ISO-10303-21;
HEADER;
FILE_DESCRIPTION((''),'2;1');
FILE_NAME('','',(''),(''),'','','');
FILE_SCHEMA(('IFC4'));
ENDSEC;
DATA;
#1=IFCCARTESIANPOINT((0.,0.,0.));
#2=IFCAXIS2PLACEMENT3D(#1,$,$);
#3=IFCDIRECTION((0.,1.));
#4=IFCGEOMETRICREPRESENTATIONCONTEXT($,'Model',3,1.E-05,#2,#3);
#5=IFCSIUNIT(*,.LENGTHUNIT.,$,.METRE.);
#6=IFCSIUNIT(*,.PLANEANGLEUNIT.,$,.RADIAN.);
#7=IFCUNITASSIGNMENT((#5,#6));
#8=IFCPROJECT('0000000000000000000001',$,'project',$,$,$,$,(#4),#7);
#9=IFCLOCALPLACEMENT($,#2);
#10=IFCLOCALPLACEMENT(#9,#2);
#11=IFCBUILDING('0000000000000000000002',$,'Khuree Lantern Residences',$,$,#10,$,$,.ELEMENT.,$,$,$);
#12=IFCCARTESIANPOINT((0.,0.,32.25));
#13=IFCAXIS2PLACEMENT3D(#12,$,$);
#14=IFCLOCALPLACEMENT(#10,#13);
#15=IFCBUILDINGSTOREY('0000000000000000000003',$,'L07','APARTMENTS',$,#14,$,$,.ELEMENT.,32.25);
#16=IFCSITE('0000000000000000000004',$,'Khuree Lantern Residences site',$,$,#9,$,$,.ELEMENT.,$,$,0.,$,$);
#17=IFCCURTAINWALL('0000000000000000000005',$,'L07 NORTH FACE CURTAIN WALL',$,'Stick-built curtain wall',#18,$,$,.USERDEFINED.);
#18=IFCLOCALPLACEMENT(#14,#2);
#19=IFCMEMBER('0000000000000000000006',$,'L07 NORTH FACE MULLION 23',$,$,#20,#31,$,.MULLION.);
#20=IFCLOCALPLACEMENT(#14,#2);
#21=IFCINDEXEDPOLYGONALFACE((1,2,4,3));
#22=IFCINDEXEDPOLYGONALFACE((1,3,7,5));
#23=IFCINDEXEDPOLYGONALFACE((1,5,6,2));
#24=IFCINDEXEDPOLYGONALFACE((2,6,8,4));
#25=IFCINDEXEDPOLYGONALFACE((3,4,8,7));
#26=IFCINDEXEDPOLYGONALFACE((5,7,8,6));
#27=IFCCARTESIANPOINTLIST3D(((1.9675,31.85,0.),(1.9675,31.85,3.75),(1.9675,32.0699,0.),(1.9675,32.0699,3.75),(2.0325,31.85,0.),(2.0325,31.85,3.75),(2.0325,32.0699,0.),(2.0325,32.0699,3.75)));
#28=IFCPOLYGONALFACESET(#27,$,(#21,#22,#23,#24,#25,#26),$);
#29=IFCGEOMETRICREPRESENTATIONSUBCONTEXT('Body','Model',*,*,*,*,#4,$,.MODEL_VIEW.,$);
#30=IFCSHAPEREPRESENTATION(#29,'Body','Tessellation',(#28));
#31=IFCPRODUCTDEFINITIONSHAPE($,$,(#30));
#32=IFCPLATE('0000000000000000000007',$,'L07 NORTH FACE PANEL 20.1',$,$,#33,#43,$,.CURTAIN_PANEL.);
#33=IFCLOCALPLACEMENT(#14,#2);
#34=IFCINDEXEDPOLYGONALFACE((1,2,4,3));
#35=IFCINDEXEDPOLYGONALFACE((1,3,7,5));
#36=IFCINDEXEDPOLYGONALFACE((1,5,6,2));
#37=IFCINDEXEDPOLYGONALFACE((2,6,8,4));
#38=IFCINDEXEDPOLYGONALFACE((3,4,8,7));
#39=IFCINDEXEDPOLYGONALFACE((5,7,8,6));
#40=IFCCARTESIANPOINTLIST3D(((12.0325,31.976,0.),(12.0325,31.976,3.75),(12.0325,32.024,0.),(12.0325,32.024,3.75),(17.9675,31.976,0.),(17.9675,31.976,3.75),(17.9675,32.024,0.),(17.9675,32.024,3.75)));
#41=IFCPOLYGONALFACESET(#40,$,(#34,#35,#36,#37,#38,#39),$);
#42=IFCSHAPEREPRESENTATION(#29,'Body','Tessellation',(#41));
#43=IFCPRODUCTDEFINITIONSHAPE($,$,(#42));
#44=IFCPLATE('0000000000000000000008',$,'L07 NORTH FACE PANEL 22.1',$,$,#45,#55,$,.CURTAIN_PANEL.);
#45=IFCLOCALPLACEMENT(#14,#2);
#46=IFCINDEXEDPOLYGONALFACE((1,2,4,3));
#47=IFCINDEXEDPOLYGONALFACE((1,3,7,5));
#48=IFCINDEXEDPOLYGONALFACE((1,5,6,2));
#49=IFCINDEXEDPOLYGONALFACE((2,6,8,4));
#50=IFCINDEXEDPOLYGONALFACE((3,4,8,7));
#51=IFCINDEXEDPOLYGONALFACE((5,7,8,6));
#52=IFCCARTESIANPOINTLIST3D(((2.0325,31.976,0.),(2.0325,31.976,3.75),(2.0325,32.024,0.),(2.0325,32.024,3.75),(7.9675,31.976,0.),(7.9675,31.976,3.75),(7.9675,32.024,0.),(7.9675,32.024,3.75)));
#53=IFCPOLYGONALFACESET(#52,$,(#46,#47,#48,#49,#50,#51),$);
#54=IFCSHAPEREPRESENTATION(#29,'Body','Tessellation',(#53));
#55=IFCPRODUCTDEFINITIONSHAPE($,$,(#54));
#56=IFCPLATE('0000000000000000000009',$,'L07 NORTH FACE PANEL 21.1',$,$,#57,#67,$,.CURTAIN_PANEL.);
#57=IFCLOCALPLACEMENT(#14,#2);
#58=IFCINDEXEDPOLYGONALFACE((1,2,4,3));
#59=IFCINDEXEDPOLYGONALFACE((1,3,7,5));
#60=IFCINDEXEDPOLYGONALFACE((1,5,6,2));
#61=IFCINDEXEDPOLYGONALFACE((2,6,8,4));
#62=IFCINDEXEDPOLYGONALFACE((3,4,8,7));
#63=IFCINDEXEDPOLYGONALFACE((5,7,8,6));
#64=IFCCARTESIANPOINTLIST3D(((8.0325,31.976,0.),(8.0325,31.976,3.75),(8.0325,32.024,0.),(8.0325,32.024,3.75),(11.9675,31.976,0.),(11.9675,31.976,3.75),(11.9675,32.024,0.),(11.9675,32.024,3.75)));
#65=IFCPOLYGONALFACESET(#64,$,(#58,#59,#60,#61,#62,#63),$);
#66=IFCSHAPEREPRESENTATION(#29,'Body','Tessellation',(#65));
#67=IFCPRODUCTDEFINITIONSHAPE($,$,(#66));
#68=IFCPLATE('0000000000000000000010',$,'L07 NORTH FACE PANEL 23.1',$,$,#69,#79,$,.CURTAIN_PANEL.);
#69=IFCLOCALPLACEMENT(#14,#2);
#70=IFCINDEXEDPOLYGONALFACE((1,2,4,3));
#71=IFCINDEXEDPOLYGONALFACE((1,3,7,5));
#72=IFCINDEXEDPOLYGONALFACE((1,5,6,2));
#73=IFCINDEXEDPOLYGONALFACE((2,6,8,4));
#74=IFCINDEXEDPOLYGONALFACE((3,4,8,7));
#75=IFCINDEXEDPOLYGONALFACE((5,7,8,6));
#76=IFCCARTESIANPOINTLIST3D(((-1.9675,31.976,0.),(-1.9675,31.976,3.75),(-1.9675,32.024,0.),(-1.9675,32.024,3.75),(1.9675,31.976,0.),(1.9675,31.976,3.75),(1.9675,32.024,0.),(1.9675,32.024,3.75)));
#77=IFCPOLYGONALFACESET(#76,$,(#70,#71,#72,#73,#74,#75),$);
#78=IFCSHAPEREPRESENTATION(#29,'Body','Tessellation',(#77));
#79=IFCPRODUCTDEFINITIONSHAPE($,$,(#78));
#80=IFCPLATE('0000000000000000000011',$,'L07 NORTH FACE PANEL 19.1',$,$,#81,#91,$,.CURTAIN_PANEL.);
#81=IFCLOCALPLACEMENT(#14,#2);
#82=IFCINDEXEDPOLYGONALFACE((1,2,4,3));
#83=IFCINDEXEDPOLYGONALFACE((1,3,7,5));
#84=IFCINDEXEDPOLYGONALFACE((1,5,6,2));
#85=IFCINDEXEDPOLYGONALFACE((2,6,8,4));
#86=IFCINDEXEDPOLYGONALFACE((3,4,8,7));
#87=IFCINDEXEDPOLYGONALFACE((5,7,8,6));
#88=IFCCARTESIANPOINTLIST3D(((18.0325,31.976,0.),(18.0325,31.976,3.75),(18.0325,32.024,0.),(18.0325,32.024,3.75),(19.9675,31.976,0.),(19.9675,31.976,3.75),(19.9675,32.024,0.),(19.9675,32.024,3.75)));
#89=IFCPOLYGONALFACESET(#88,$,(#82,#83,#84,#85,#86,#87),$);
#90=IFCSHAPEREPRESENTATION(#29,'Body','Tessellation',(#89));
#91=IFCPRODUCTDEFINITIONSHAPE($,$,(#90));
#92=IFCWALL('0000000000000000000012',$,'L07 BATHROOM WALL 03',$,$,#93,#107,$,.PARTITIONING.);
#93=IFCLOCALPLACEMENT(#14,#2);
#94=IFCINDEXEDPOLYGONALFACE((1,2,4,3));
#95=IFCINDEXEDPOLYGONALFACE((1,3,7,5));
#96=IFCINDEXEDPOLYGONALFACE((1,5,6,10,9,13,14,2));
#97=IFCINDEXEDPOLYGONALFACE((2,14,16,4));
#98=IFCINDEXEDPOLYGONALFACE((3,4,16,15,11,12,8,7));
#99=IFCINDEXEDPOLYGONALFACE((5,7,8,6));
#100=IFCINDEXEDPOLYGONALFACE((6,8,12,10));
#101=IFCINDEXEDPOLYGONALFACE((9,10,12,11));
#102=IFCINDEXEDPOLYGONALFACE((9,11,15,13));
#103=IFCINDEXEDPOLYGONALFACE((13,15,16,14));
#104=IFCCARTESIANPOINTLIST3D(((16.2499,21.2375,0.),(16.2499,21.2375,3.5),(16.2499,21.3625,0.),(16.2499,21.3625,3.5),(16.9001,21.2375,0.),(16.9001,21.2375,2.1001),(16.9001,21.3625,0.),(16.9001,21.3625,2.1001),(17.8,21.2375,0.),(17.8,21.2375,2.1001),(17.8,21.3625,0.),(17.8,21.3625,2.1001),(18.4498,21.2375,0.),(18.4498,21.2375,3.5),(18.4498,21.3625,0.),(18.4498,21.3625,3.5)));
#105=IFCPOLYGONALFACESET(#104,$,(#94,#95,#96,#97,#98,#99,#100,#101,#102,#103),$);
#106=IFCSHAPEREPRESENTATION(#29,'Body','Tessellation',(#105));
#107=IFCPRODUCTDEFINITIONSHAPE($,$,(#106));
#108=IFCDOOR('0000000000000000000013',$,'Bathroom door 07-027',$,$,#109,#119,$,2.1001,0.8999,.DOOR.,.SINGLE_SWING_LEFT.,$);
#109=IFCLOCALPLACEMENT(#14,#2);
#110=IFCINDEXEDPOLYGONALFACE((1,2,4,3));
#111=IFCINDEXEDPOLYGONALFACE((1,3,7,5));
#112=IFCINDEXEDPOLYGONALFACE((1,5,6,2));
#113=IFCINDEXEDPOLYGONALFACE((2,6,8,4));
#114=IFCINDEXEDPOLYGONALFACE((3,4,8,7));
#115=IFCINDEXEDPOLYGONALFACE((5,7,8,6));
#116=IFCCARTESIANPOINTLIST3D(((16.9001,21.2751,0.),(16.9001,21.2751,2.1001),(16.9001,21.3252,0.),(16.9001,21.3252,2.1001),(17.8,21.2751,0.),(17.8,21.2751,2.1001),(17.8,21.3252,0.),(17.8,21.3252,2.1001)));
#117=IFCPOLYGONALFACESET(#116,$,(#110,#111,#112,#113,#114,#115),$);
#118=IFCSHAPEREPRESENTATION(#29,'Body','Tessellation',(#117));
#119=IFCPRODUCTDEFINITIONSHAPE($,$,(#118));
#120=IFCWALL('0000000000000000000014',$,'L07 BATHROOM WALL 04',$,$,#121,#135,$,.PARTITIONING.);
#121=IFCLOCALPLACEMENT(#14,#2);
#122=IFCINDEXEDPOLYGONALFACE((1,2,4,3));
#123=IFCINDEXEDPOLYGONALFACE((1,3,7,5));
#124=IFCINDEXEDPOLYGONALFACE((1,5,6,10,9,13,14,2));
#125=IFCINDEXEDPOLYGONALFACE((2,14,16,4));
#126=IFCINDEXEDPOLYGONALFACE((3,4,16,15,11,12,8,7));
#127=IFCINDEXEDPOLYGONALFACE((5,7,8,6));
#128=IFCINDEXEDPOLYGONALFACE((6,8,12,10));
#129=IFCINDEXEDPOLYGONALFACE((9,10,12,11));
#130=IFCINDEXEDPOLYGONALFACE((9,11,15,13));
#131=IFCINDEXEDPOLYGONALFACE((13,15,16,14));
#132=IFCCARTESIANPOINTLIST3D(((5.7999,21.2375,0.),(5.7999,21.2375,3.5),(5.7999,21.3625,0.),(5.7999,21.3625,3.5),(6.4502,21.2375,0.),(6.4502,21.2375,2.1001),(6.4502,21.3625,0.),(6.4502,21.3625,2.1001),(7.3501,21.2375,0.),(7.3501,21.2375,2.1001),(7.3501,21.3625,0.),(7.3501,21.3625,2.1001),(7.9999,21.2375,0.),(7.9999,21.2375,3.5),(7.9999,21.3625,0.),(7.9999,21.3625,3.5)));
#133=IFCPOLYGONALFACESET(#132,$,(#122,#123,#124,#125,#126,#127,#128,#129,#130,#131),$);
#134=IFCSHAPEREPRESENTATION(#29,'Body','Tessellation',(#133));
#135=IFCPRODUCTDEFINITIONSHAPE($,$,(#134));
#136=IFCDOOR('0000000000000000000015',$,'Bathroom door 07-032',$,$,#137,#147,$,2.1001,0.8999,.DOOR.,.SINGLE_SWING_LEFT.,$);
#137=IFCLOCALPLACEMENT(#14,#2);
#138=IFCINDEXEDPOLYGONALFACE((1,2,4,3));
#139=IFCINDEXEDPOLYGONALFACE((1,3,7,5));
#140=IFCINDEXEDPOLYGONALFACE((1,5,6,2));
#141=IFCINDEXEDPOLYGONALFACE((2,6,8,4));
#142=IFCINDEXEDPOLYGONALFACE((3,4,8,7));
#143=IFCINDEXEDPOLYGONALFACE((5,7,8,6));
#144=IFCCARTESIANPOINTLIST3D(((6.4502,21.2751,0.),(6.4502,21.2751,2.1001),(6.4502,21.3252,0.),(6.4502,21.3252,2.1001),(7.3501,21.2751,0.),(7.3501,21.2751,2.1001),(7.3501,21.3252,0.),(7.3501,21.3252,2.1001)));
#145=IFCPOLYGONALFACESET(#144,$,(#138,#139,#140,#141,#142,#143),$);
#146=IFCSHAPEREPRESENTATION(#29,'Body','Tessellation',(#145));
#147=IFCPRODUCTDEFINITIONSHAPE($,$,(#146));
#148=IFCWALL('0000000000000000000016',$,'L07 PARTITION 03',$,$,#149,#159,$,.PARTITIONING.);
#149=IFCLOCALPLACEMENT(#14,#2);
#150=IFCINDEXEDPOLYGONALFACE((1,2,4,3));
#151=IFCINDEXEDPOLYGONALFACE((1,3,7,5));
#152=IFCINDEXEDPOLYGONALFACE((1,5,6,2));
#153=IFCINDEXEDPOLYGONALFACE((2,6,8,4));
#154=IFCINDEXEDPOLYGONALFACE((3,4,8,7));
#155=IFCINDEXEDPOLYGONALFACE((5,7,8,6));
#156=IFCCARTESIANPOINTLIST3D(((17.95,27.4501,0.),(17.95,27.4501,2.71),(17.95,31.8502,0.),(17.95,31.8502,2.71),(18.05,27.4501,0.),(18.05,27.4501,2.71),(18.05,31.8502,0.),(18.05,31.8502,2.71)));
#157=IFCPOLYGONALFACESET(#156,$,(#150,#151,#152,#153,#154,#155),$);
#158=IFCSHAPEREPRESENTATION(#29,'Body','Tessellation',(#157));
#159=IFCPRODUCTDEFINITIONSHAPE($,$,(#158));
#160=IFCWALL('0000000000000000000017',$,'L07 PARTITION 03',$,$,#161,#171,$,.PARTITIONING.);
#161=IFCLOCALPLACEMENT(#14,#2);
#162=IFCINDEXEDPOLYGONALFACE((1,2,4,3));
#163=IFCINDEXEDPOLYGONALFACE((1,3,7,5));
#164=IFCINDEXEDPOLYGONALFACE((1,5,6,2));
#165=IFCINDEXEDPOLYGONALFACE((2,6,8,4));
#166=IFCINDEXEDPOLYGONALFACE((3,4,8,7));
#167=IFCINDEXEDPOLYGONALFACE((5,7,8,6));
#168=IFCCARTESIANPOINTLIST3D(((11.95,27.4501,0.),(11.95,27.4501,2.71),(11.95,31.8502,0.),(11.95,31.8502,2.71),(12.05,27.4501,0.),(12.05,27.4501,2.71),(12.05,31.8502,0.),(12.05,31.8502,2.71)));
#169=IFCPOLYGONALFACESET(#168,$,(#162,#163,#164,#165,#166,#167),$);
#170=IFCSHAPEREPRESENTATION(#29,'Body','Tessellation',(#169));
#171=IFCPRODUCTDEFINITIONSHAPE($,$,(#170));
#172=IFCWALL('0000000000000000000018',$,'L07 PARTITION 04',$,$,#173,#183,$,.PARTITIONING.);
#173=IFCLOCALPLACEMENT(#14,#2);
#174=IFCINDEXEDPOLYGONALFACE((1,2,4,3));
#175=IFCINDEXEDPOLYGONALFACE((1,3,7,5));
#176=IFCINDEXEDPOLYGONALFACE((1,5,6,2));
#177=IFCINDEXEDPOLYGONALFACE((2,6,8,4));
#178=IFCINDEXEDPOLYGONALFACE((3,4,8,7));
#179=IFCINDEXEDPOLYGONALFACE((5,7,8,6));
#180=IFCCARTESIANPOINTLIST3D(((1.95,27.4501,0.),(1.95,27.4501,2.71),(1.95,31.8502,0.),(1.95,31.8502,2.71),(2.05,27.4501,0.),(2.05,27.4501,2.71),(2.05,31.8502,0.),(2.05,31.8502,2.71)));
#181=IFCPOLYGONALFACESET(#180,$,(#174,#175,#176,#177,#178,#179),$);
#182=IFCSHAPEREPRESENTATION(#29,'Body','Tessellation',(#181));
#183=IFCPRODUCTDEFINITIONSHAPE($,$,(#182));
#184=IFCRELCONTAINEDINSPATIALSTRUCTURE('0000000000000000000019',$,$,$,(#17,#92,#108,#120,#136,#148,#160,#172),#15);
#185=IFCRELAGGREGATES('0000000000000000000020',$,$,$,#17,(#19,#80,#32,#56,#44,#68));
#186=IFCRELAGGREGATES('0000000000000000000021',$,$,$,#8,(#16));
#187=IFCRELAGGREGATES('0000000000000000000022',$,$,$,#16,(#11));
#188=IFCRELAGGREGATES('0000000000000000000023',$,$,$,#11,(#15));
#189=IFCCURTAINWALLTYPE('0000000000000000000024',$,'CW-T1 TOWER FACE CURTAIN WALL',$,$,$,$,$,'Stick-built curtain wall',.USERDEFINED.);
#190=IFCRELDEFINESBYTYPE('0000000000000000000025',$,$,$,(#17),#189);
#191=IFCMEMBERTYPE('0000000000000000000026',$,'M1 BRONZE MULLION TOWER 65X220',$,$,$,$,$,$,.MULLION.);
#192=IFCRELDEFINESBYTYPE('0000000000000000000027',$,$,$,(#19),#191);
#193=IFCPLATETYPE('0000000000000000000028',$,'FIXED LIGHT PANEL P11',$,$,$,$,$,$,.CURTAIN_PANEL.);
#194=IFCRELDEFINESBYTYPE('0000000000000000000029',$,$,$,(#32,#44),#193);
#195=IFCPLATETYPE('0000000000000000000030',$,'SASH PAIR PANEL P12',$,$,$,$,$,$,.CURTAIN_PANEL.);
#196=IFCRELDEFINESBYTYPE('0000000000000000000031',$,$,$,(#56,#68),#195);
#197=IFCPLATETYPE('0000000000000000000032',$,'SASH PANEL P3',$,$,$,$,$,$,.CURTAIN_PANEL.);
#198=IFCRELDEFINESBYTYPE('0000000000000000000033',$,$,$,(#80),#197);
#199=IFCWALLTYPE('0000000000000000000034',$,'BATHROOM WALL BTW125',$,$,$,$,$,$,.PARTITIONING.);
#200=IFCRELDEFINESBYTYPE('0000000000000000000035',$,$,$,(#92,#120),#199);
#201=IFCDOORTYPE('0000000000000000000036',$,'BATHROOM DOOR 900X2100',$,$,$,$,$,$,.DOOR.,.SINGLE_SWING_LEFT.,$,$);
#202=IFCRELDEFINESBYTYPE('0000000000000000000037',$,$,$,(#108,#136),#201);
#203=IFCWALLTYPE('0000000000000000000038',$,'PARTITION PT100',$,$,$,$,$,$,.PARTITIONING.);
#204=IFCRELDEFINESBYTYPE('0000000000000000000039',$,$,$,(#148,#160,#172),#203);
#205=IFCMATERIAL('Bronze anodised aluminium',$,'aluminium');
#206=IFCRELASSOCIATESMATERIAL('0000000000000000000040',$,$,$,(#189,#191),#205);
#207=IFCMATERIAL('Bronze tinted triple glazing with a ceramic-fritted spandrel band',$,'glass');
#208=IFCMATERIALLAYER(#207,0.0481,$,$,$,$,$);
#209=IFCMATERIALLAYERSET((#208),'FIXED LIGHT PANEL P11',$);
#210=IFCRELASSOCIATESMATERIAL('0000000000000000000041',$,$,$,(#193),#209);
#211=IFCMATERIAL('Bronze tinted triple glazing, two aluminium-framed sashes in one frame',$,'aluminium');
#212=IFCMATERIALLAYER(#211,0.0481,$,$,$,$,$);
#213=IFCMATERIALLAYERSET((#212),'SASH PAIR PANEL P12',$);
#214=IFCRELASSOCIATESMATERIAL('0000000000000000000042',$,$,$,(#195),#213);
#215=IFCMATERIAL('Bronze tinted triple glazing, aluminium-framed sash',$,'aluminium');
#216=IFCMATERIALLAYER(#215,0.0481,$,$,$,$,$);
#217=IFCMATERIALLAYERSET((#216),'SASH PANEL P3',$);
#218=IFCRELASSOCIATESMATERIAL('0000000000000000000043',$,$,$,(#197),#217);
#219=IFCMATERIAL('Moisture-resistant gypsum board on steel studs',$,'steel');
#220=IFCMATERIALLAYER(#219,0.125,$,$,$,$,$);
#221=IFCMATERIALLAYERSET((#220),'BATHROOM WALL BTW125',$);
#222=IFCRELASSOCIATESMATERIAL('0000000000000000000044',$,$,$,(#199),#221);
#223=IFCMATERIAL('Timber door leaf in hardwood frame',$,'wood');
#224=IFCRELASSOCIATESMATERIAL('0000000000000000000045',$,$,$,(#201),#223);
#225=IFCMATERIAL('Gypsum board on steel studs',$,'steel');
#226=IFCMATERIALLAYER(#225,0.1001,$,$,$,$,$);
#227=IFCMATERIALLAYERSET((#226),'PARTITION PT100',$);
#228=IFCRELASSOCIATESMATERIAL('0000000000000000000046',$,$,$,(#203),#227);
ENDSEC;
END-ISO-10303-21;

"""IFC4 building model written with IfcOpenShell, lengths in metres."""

from ifc_helpers import new_model, si_unit, direction, frame, frame_2d, origin, origin_2d, place, context, subcontext, project, spatial, rectangle, extrude, material, layer, layer_set, material_profile, profile_set, type_object, element, fill, aggregate, save


model = new_model("IFC4")

# Units and contexts
model_context = context("Model", 3, precision=1e-05, world=origin(), true_north=direction((0.0, 1.0)))
body_context = subcontext(model_context, "Body", "Model", "MODEL_VIEW")
ifc_project = project(units=[si_unit("LENGTHUNIT", "METRE"), si_unit("PLANEANGLEUNIT", "RADIAN")], contexts=[model_context])

# Site, building, storey
site_placement = place(None, origin())
site = spatial("IfcSite", under=ifc_project, at=site_placement, Name="Khuree Lantern Residences site", CompositionType="ELEMENT", RefElevation=0.0)
building_placement = place(site_placement, origin())
building = spatial("IfcBuilding", under=site, at=building_placement, Name="Khuree Lantern Residences", CompositionType="ELEMENT")
storey_placement = place(building_placement, frame((0.0, 0.0, 32.25)))
storey = spatial("IfcBuildingStorey", under=building, at=storey_placement, Name="L07", Description="APARTMENTS", CompositionType="ELEMENT", Elevation=32.25)

# Curtain wall
ifc_material_1 = material(Name="Bronze anodised aluminium", Category="aluminium")
curtain_wall_type = type_object("IfcCurtainWallType", Name="CW-T1 TOWER FACE CURTAIN WALL", ElementType="Stick-built curtain wall", PredefinedType="USERDEFINED", material=ifc_material_1)
curtain_wall_placement = place(storey_placement, origin())
curtain_wall = element("IfcCurtainWall", 1, at=curtain_wall_placement, inside=storey, type_object=curtain_wall_type, Name="L07 NORTH FACE CURTAIN WALL", ObjectType="Stick-built curtain wall", PredefinedType="USERDEFINED")

# Member
ifc_material_profile_1 = material_profile(ifc_material_1, rectangle(XDim=0.0649, YDim=0.22, at=origin_2d()), Name="M1 65X220")
ifc_profile_set_1 = profile_set([ifc_material_profile_1], Name="Bronze anodised aluminium")
member_type_1 = type_object("IfcMemberType", Name="M1 BRONZE MULLION TOWER 65X220", PredefinedType="MULLION", material=ifc_profile_set_1)
member_1_placement = place(storey_placement, frame((2.0, 31.96, 0.0), z_axis=(0.0, 0.0, 1.0), x_axis=(-1.0, 0.0, 0.0)))
member_1 = element("IfcMember", 2, at=member_1_placement, type_object=member_type_1, Name="L07 NORTH FACE MULLION 23", PredefinedType="MULLION", context=body_context, shape_type="SweptSolid", body=[
    extrude(rectangle(XDim=0.0649, YDim=0.22, at=origin_2d()), origin(), (0.0, 0.0, 1.0), 3.75),
])

# Plates
ifc_material_2 = material(Name="Bronze tinted triple glazing with a ceramic-fritted spandrel band", Category="glass")
ifc_layer_1 = layer(ifc_material_2, 0.0481)
ifc_layer_set_1 = layer_set([ifc_layer_1], Name="FIXED LIGHT PANEL P11")
plate_type_1 = type_object("IfcPlateType", Name="FIXED LIGHT PANEL P11", PredefinedType="CURTAIN_PANEL", material=ifc_layer_set_1)
plate_1_placement = place(storey_placement, frame((15.0, 32.0, 0.0), z_axis=(0.0, 0.0, 1.0), x_axis=(-1.0, 0.0, 0.0)))
plate_1 = element("IfcPlate", 3, at=plate_1_placement, type_object=plate_type_1, Name="L07 NORTH FACE PANEL 20.1", PredefinedType="CURTAIN_PANEL", context=body_context, shape_type="SweptSolid", body=[
    extrude(rectangle(XDim=5.9351, YDim=0.0481, at=origin_2d()), origin(), (0.0, 0.0, 1.0), 3.75),
])
plate_2_placement = place(storey_placement, frame((5.0, 32.0, 0.0), z_axis=(0.0, 0.0, 1.0), x_axis=(-1.0, 0.0, 0.0)))
plate_2 = element("IfcPlate", 4, at=plate_2_placement, type_object=plate_type_1, Name="L07 NORTH FACE PANEL 22.1", PredefinedType="CURTAIN_PANEL", context=body_context, shape_type="SweptSolid", body=[
    extrude(rectangle(XDim=5.9351, YDim=0.0481, at=origin_2d()), origin(), (0.0, 0.0, 1.0), 3.75),
])
ifc_material_3 = material(Name="Bronze tinted triple glazing, two aluminium-framed sashes in one frame", Category="aluminium")
ifc_layer_2 = layer(ifc_material_3, 0.0481)
ifc_layer_set_2 = layer_set([ifc_layer_2], Name="SASH PAIR PANEL P12")
plate_type_2 = type_object("IfcPlateType", Name="SASH PAIR PANEL P12", PredefinedType="CURTAIN_PANEL", material=ifc_layer_set_2)
plate_3_placement = place(storey_placement, frame((10.0, 32.0, 0.0), z_axis=(0.0, 0.0, 1.0), x_axis=(-1.0, 0.0, 0.0)))
plate_3 = element("IfcPlate", 5, at=plate_3_placement, type_object=plate_type_2, Name="L07 NORTH FACE PANEL 21.1", PredefinedType="CURTAIN_PANEL", context=body_context, shape_type="SweptSolid", body=[
    extrude(rectangle(XDim=3.9351, YDim=0.0481, at=origin_2d()), origin(), (0.0, 0.0, 1.0), 3.75),
])
plate_4_placement = place(storey_placement, frame((0.0, 32.0, 0.0), z_axis=(0.0, 0.0, 1.0), x_axis=(-1.0, 0.0, 0.0)))
plate_4 = element("IfcPlate", 6, at=plate_4_placement, type_object=plate_type_2, Name="L07 NORTH FACE PANEL 23.1", PredefinedType="CURTAIN_PANEL", context=body_context, shape_type="SweptSolid", body=[
    extrude(rectangle(XDim=3.9351, YDim=0.0481, at=origin_2d()), origin(), (0.0, 0.0, 1.0), 3.75),
])
ifc_material_4 = material(Name="Bronze tinted triple glazing, aluminium-framed sash", Category="aluminium")
ifc_layer_3 = layer(ifc_material_4, 0.0481)
ifc_layer_set_3 = layer_set([ifc_layer_3], Name="SASH PANEL P3")
plate_type_3 = type_object("IfcPlateType", Name="SASH PANEL P3", PredefinedType="CURTAIN_PANEL", material=ifc_layer_set_3)
plate_5_placement = place(storey_placement, frame((19.0, 32.0, 0.0), z_axis=(0.0, 0.0, 1.0), x_axis=(-1.0, 0.0, 0.0)))
plate_5 = element("IfcPlate", 7, at=plate_5_placement, type_object=plate_type_3, Name="L07 NORTH FACE PANEL 19.1", PredefinedType="CURTAIN_PANEL", context=body_context, shape_type="SweptSolid", body=[
    extrude(rectangle(XDim=1.9351, YDim=0.0481, at=origin_2d()), origin(), (0.0, 0.0, 1.0), 3.75),
])
aggregate(curtain_wall, [member_1, plate_5, plate_1, plate_3, plate_2, plate_4])

# Walls, openings, doors
ifc_material_5 = material(Name="Moisture-resistant gypsum board on steel studs", Category="steel")
ifc_layer_4 = layer(ifc_material_5, 0.125)
ifc_layer_set_4 = layer_set([ifc_layer_4], Name="BATHROOM WALL BTW125")
wall_type_1 = type_object("IfcWallType", Name="BATHROOM WALL BTW125", PredefinedType="PARTITIONING", material=ifc_layer_set_4)
wall_1_placement = place(storey_placement, frame((18.45, 21.3, 0.0), z_axis=(0.0, 0.0, 1.0), x_axis=(-1.0, 0.0, 0.0)))
wall_1 = element("IfcWall", 8, at=wall_1_placement, inside=storey, type_object=wall_type_1, Name="L07 BATHROOM WALL 03", PredefinedType="PARTITIONING", context=body_context, shape_type="SweptSolid", body=[
    extrude(rectangle(XDim=2.2, YDim=0.125, at=frame_2d((1.1001, 0.0))), origin(), (0.0, 0.0, 1.0), 3.5),
])
opening_1_placement = place(wall_1_placement, frame((0.6499, 0.0, 0.0)))
opening_1 = element("IfcOpeningElement", 9, at=opening_1_placement, cuts=wall_1, PredefinedType="OPENING", context=body_context, shape_type="SweptSolid", body=[
    extrude(rectangle(XDim=0.8999, YDim=2.1001, at=frame_2d((0.45, 1.05))), frame((0.0, 0.0725, 0.0), z_axis=(0.0, -1.0, 0.0), x_axis=(1.0, 0.0, 0.0)), (0.0, 0.0, 1.0), 0.145),
])
ifc_material_6 = material(Name="Timber door leaf in hardwood frame", Category="wood")
door_type_1 = type_object("IfcDoorType", Name="BATHROOM DOOR 900X2100", OperationType="SINGLE_SWING_LEFT", PredefinedType="DOOR", material=ifc_material_6)
door_1_placement = place(opening_1_placement, origin())
door_1 = element("IfcDoor", 10, at=door_1_placement, inside=storey, type_object=door_type_1, Name="Bathroom door 07-027", OperationType="SINGLE_SWING_LEFT", OverallHeight=2.1001, OverallWidth=0.8999, PredefinedType="DOOR", context=body_context, shape_type="SweptSolid", body=[
    extrude(rectangle(XDim=0.8999, YDim=2.1001, at=frame_2d((0.45, 1.05))), frame((0.0, 0.0249, 0.0), z_axis=(0.0, -1.0, 0.0), x_axis=(1.0, 0.0, 0.0)), (0.0, 0.0, 1.0), 0.05),
])
fill(opening_1, door_1)
wall_2_placement = place(storey_placement, frame((8.0, 21.3, 0.0), z_axis=(0.0, 0.0, 1.0), x_axis=(-1.0, 0.0, 0.0)))
wall_2 = element("IfcWall", 11, at=wall_2_placement, inside=storey, type_object=wall_type_1, Name="L07 BATHROOM WALL 04", PredefinedType="PARTITIONING", context=body_context, shape_type="SweptSolid", body=[
    extrude(rectangle(XDim=2.2, YDim=0.125, at=frame_2d((1.1001, 0.0))), origin(), (0.0, 0.0, 1.0), 3.5),
])
opening_2_placement = place(wall_2_placement, frame((0.6499, 0.0, 0.0)))
opening_2 = element("IfcOpeningElement", 12, at=opening_2_placement, cuts=wall_2, PredefinedType="OPENING", context=body_context, shape_type="SweptSolid", body=[
    extrude(rectangle(XDim=0.8999, YDim=2.1001, at=frame_2d((0.45, 1.05))), frame((0.0, 0.0725, 0.0), z_axis=(0.0, -1.0, 0.0), x_axis=(1.0, 0.0, 0.0)), (0.0, 0.0, 1.0), 0.145),
])
door_2_placement = place(opening_2_placement, origin())
door_2 = element("IfcDoor", 13, at=door_2_placement, inside=storey, type_object=door_type_1, Name="Bathroom door 07-032", OperationType="SINGLE_SWING_LEFT", OverallHeight=2.1001, OverallWidth=0.8999, PredefinedType="DOOR", context=body_context, shape_type="SweptSolid", body=[
    extrude(rectangle(XDim=0.8999, YDim=2.1001, at=frame_2d((0.45, 1.05))), frame((0.0, 0.0249, 0.0), z_axis=(0.0, -1.0, 0.0), x_axis=(1.0, 0.0, 0.0)), (0.0, 0.0, 1.0), 0.05),
])
fill(opening_2, door_2)

# Walls
ifc_material_7 = material(Name="Gypsum board on steel studs", Category="steel")
ifc_layer_5 = layer(ifc_material_7, 0.1001)
ifc_layer_set_5 = layer_set([ifc_layer_5], Name="PARTITION PT100")
wall_type_2 = type_object("IfcWallType", Name="PARTITION PT100", PredefinedType="PARTITIONING", material=ifc_layer_set_5)
for number, where, z_axis, x_axis, name in (
    (14, (18.0, 27.45, 0.0), (0.0, 0.0, 1.0), (0.0, 1.0, 0.0), "L07 PARTITION 03"),
    (15, (12.0, 27.45, 0.0), (0.0, 0.0, 1.0), (0.0, 1.0, 0.0), "L07 PARTITION 03"),
    (16, (2.0, 27.45, 0.0), (0.0, 0.0, 1.0), (0.0, 1.0, 0.0), "L07 PARTITION 04"),
):
    element("IfcWall", number, at=place(storey_placement, frame(where, z_axis=z_axis, x_axis=x_axis)), inside=storey, type_object=wall_type_2, Name=name, PredefinedType="PARTITIONING", context=body_context, shape_type="SweptSolid", body=[
        extrude(rectangle(XDim=4.4001, YDim=0.1001, at=frame_2d((2.2002, 0.0))), origin(), (0.0, 0.0, 1.0), 2.71),
    ])

save(model, "model.ifc")
